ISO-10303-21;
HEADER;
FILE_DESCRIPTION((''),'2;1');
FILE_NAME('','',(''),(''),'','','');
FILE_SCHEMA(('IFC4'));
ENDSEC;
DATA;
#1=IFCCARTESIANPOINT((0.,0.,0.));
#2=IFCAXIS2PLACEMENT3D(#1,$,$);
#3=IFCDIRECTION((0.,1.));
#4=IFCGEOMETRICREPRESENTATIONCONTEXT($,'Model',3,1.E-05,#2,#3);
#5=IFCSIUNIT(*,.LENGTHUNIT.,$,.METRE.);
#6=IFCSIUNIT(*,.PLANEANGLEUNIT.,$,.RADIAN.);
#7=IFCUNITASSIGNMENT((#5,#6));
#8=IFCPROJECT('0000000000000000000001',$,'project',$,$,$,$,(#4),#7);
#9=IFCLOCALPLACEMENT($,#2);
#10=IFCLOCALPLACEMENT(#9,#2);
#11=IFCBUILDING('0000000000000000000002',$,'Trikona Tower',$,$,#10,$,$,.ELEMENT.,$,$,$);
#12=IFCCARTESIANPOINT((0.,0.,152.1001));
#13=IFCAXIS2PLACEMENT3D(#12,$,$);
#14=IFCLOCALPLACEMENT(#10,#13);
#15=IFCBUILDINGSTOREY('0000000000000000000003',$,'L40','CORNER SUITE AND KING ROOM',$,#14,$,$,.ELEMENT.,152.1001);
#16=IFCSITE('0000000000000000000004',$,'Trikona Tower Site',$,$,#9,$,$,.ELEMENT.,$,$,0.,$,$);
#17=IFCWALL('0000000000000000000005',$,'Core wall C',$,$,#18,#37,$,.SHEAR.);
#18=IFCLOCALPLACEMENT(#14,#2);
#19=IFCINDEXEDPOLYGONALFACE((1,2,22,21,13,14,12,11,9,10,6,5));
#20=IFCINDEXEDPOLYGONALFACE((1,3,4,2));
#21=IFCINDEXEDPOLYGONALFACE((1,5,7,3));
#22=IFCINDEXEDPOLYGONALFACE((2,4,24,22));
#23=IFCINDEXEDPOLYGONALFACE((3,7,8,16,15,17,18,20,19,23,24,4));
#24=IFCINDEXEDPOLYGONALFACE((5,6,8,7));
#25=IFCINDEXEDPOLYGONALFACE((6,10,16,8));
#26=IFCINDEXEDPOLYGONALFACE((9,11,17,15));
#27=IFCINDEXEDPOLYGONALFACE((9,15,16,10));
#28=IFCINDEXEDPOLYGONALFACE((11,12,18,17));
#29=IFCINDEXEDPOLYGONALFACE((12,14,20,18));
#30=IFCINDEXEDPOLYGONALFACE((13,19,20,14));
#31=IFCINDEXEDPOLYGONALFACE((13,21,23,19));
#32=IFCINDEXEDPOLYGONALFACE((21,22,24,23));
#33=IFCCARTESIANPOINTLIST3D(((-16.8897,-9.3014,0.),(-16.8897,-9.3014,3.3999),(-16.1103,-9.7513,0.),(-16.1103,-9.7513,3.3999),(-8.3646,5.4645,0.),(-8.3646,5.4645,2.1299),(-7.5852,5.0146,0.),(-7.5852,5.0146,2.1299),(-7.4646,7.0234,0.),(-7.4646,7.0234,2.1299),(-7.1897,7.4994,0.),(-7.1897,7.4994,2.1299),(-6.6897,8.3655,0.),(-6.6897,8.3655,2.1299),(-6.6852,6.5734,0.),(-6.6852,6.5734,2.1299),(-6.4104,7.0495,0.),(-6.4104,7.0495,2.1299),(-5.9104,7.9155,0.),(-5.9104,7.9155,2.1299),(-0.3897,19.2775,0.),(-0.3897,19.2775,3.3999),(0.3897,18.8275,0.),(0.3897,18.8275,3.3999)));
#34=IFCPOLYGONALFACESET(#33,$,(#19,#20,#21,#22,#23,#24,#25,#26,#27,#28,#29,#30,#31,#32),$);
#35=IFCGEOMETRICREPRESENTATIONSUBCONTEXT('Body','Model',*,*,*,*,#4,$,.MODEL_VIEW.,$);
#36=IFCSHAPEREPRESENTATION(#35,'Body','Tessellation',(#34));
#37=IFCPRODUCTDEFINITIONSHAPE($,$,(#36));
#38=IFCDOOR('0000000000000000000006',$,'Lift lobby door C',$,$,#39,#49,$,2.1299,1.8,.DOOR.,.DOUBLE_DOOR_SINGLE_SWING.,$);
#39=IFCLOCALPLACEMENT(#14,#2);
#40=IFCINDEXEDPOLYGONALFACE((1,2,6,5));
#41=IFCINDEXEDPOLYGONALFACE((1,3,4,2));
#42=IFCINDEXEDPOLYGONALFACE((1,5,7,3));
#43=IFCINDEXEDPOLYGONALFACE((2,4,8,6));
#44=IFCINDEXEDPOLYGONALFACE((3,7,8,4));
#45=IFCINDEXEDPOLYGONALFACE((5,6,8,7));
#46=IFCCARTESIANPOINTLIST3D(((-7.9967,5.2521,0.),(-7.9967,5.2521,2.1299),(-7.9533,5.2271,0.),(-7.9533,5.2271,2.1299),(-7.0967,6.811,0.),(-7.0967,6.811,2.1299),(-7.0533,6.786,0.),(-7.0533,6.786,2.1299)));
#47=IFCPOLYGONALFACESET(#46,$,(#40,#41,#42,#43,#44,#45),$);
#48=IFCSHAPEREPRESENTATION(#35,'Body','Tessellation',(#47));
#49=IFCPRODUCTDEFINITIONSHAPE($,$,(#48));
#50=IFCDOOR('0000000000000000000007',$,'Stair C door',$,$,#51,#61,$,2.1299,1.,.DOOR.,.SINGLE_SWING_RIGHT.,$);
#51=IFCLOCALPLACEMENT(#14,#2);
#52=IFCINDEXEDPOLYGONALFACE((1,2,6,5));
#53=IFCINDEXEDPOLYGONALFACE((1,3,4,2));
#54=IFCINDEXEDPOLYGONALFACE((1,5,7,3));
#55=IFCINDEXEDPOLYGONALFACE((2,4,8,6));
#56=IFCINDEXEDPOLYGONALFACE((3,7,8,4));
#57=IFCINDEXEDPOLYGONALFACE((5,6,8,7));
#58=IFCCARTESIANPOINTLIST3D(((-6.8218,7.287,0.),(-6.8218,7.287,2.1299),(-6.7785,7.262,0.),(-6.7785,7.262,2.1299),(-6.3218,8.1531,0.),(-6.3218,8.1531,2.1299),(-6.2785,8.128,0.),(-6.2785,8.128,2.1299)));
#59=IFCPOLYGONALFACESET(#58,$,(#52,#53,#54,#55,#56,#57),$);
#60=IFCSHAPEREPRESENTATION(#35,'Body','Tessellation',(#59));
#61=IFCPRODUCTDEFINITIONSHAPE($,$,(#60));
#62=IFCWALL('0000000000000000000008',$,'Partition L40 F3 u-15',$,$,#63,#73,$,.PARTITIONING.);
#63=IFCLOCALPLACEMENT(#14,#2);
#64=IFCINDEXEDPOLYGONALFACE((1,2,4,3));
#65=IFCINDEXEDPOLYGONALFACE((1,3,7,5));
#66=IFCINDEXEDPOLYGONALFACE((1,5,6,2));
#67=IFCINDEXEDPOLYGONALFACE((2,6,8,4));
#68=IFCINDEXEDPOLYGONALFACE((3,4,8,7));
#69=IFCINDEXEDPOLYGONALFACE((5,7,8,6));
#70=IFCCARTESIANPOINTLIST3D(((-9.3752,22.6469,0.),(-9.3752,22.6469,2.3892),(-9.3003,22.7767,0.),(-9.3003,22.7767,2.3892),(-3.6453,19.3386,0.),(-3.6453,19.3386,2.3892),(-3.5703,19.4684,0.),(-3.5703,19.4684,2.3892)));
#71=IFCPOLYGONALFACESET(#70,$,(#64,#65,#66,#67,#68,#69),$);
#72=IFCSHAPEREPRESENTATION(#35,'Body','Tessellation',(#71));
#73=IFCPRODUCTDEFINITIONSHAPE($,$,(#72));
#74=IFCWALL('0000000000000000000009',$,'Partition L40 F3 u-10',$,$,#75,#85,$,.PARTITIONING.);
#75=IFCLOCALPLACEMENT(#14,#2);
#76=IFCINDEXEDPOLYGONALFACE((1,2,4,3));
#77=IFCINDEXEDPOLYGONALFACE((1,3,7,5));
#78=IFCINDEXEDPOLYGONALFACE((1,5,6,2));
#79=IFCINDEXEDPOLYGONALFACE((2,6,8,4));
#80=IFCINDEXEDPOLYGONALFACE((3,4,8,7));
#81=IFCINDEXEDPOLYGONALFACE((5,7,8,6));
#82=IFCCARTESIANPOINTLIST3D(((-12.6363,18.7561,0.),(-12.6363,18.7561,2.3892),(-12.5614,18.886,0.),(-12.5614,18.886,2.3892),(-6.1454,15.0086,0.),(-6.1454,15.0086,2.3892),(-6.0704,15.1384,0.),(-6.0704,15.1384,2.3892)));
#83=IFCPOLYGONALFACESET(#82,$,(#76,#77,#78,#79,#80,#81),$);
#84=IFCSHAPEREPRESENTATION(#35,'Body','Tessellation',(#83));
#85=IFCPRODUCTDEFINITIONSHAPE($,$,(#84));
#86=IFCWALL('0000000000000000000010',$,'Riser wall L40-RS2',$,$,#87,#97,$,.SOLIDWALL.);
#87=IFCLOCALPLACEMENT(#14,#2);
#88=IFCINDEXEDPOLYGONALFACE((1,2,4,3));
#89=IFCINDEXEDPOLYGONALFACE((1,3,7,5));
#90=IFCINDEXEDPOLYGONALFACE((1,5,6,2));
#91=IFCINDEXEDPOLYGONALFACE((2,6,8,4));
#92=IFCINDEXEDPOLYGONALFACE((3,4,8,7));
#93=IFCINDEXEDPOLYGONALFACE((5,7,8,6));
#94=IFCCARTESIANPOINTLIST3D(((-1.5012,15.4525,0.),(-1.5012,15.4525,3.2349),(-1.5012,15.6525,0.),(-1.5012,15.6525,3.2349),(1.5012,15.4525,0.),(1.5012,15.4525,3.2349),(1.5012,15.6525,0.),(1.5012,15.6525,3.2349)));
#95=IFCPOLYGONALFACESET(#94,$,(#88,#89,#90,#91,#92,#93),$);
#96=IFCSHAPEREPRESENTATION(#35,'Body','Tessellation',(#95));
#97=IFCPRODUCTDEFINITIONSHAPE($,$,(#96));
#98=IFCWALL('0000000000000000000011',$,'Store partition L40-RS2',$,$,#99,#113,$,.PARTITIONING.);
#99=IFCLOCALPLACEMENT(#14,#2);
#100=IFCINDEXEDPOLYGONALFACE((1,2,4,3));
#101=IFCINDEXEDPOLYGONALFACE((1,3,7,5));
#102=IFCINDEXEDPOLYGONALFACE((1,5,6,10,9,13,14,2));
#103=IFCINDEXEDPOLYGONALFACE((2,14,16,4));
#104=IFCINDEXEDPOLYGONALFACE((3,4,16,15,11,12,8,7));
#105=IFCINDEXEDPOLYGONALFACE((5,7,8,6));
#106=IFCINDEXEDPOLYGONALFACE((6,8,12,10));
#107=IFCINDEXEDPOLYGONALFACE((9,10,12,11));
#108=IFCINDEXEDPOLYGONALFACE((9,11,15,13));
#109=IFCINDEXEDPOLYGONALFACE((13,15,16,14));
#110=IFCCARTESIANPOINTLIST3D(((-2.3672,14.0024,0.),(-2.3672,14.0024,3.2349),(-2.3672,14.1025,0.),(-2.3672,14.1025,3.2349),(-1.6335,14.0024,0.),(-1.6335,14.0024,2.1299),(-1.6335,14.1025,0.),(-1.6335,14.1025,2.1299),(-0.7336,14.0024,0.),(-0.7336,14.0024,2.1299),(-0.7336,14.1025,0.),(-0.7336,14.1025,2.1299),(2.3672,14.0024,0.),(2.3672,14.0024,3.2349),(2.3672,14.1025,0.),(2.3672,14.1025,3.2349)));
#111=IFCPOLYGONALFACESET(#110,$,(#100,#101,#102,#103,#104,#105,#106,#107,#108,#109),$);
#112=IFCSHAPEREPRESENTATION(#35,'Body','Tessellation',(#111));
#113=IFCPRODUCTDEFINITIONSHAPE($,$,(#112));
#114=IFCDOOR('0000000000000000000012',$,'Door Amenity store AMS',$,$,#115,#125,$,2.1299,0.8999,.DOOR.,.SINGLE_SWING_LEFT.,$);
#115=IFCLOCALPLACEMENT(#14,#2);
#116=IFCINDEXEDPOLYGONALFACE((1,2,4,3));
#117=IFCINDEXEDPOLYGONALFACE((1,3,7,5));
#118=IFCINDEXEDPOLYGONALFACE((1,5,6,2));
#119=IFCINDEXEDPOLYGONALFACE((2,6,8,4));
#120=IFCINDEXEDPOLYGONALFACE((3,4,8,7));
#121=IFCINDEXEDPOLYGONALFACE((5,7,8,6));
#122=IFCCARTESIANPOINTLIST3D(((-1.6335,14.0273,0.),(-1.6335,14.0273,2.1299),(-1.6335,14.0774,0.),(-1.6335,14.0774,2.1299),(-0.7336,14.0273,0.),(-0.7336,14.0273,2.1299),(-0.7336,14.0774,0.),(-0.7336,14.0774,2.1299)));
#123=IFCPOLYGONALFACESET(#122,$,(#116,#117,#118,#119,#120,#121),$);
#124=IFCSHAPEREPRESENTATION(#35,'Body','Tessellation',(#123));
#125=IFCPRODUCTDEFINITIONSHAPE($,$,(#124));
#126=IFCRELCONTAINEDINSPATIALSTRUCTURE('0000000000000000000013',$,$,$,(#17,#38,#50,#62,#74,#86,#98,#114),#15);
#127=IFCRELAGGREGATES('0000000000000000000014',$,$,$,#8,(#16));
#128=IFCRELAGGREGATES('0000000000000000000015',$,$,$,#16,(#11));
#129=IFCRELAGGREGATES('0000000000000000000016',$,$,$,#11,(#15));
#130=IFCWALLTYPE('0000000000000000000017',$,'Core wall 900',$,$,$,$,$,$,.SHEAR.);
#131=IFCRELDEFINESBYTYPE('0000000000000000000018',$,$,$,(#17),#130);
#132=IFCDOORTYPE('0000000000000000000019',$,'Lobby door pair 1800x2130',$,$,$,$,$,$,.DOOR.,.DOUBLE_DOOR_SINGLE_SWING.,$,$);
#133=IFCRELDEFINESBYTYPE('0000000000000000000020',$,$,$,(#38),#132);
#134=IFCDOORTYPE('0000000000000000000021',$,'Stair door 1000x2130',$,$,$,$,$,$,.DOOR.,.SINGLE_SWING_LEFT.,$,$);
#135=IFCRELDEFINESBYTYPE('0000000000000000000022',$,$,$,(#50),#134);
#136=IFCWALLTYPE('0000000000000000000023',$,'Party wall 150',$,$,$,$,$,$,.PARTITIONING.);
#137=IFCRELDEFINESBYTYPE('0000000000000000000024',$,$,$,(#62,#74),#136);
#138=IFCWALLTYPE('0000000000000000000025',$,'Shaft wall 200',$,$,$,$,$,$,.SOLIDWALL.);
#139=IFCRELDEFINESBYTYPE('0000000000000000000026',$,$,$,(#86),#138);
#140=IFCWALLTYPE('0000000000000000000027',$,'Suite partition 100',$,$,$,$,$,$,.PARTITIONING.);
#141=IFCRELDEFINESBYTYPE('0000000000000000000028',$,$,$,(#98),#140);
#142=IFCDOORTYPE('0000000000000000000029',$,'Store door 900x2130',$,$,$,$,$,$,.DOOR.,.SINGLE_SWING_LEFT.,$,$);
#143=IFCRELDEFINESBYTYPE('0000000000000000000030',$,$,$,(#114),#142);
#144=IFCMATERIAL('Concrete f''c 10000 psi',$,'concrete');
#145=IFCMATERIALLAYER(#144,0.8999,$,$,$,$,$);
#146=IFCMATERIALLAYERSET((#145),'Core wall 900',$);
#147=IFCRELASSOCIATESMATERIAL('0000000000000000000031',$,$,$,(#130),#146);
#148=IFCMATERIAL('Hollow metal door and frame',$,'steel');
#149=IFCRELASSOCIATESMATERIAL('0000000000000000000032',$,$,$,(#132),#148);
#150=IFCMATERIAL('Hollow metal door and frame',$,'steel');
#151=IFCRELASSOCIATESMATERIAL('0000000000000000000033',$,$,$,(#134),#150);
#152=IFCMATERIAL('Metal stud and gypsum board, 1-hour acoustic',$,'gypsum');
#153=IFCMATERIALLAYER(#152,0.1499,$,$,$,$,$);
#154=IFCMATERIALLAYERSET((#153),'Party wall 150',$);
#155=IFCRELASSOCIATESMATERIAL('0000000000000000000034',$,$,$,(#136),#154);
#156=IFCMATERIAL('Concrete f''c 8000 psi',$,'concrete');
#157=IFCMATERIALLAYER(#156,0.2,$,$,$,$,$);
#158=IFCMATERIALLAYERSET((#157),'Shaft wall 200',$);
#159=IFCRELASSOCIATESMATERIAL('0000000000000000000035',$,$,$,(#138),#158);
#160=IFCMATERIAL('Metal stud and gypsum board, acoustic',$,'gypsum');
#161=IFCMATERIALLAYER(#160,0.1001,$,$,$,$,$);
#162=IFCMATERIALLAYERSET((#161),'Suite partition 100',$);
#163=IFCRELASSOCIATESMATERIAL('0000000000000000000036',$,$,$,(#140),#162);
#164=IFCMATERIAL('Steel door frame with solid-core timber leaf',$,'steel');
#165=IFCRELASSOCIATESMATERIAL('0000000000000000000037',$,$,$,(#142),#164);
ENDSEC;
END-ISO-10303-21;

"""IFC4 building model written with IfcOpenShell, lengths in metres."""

from ifc_helpers import new_model, si_unit, direction, frame, frame_2d, origin, place, context, subcontext, project, spatial, rectangle, extrude, material, layer, layer_set, type_object, element, fill, save


model = new_model("IFC4")

# Units and contexts
model_context = context("Model", 3, precision=1e-05, world=origin(), true_north=direction((0.0, 1.0)))
body_context = subcontext(model_context, "Body", "Model", "MODEL_VIEW")
ifc_project = project(units=[si_unit("LENGTHUNIT", "METRE"), si_unit("PLANEANGLEUNIT", "RADIAN")], contexts=[model_context])

# Site, building, storey
site_placement = place(None, origin())
site = spatial("IfcSite", under=ifc_project, at=site_placement, Name="Trikona Tower Site", CompositionType="ELEMENT", RefElevation=0.0)
building_placement = place(site_placement, origin())
building = spatial("IfcBuilding", under=site, at=building_placement, Name="Trikona Tower", CompositionType="ELEMENT")
storey_placement = place(building_placement, frame((0.0, 0.0, 152.1001)))
storey = spatial("IfcBuildingStorey", under=building, at=storey_placement, Name="L40", Description="CORNER SUITE AND KING ROOM", CompositionType="ELEMENT", Elevation=152.1001)

# Wall, openings, doors
ifc_material_1 = material(Name="Concrete f'c 10000 psi", Category="concrete")
ifc_layer_1 = layer(ifc_material_1, 0.8999)
ifc_layer_set_1 = layer_set([ifc_layer_1], Name="Core wall 900")
wall_type_1 = type_object("IfcWallType", Name="Core wall 900", PredefinedType="SHEAR", material=ifc_layer_set_1)
wall_1_placement = place(storey_placement, frame((0.0, 19.0525, 0.0), z_axis=(0.0, 0.0, 1.0), x_axis=(-0.5, -0.866026, 0.0)))
wall_1 = element("IfcWall", 1, at=wall_1_placement, inside=storey, type_object=wall_type_1, Name="Core wall C", PredefinedType="SHEAR", context=body_context, shape_type="SweptSolid", body=[
    extrude(rectangle(XDim=33.0, YDim=0.8999, at=frame_2d((16.5, 0.0))), origin(), (0.0, 0.0, 1.0), 3.3999),
])
opening_1_placement = place(wall_1_placement, frame((14.1499, 0.0, 0.0)))
opening_1 = element("IfcOpeningElement", 2, at=opening_1_placement, cuts=wall_1, PredefinedType="OPENING", context=body_context, shape_type="SweptSolid", body=[
    extrude(rectangle(XDim=1.8, YDim=2.1299, at=frame_2d((0.8999, 1.0649))), frame((0.0, 0.46, 0.0), z_axis=(0.0, -1.0, 0.0), x_axis=(1.0, 0.0, 0.0)), (0.0, 0.0, 1.0), 0.9199),
])
opening_2_placement = place(wall_1_placement, frame((12.6001, 0.0, 0.0)))
opening_2 = element("IfcOpeningElement", 3, at=opening_2_placement, cuts=wall_1, PredefinedType="OPENING", context=body_context, shape_type="SweptSolid", body=[
    extrude(rectangle(XDim=1.0, YDim=2.1299, at=frame_2d((0.5, 1.0649))), frame((0.0, 0.46, 0.0), z_axis=(0.0, -1.0, 0.0), x_axis=(1.0, 0.0, 0.0)), (0.0, 0.0, 1.0), 0.9199),
])
ifc_material_2 = material(Name="Hollow metal door and frame", Category="steel")
door_type_1 = type_object("IfcDoorType", Name="Lobby door pair 1800x2130", OperationType="DOUBLE_DOOR_SINGLE_SWING", PredefinedType="DOOR", material=ifc_material_2)
door_1_placement = place(opening_1_placement, origin())
door_1 = element("IfcDoor", 4, at=door_1_placement, inside=storey, type_object=door_type_1, Name="Lift lobby door C", OperationType="DOUBLE_DOOR_SINGLE_SWING", OverallHeight=2.1299, OverallWidth=1.8, PredefinedType="DOOR", context=body_context, shape_type="SweptSolid", body=[
    extrude(rectangle(XDim=1.8, YDim=2.1299, at=frame_2d((0.8999, 1.0649))), frame((0.0, 0.0249, 0.0), z_axis=(0.0, -1.0, 0.0), x_axis=(1.0, 0.0, 0.0)), (0.0, 0.0, 1.0), 0.05),
])
fill(opening_1, door_1)
ifc_material_3 = material(Name="Hollow metal door and frame", Category="steel")
door_type_2 = type_object("IfcDoorType", Name="Stair door 1000x2130", OperationType="SINGLE_SWING_LEFT", PredefinedType="DOOR", material=ifc_material_3)
door_2_placement = place(opening_2_placement, origin())
door_2 = element("IfcDoor", 5, at=door_2_placement, inside=storey, type_object=door_type_2, Name="Stair C door", OperationType="SINGLE_SWING_RIGHT", OverallHeight=2.1299, OverallWidth=1.0, PredefinedType="DOOR", context=body_context, shape_type="SweptSolid", body=[
    extrude(rectangle(XDim=1.0, YDim=2.1299, at=frame_2d((0.5, 1.0649))), frame((0.0, 0.0249, 0.0), z_axis=(0.0, -1.0, 0.0), x_axis=(1.0, 0.0, 0.0)), (0.0, 0.0, 1.0), 0.05),
])
fill(opening_2, door_2)

# Walls
ifc_material_4 = material(Name="Metal stud and gypsum board, 1-hour acoustic", Category="gypsum")
ifc_layer_2 = layer(ifc_material_4, 0.1499)
ifc_layer_set_2 = layer_set([ifc_layer_2], Name="Party wall 150")
wall_type_2 = type_object("IfcWallType", Name="Party wall 150", PredefinedType="PARTITIONING", material=ifc_layer_set_2)
wall_2_placement = place(storey_placement, frame((-3.6079, 19.4036, 0.0), z_axis=(0.0, 0.0, 1.0), x_axis=(-0.866016, 0.500016, 0.0)))
element("IfcWall", 6, at=wall_2_placement, inside=storey, type_object=wall_type_2, Name="Partition L40 F3 u-15", PredefinedType="PARTITIONING", context=body_context, shape_type="SweptSolid", body=[
    extrude(rectangle(XDim=6.6165, YDim=0.1499, at=frame_2d((3.3081, 0.0))), origin(), (0.0, 0.0, 1.0), 2.3892),
])
wall_3_placement = place(storey_placement, frame((-6.1079, 15.0735, 0.0), z_axis=(0.0, 0.0, 1.0), x_axis=(-0.866026, 0.5, 0.0)))
element("IfcWall", 7, at=wall_3_placement, inside=storey, type_object=wall_type_2, Name="Partition L40 F3 u-10", PredefinedType="PARTITIONING", context=body_context, shape_type="SweptSolid", body=[
    extrude(rectangle(XDim=7.4951, YDim=0.1499, at=frame_2d((3.7476, 0.0))), origin(), (0.0, 0.0, 1.0), 2.3892),
])
ifc_material_5 = material(Name="Concrete f'c 8000 psi", Category="concrete")
ifc_layer_3 = layer(ifc_material_5, 0.2)
ifc_layer_set_3 = layer_set([ifc_layer_3], Name="Shaft wall 200")
wall_type_3 = type_object("IfcWallType", Name="Shaft wall 200", PredefinedType="SOLIDWALL", material=ifc_layer_set_3)
wall_4_placement = place(storey_placement, frame((-1.5012, 15.5525, 0.0), z_axis=(0.0, 0.0, 1.0), x_axis=(1.0, 0.0, 0.0)))
element("IfcWall", 8, at=wall_4_placement, inside=storey, type_object=wall_type_3, Name="Riser wall L40-RS2", PredefinedType="SOLIDWALL", context=body_context, shape_type="SweptSolid", body=[
    extrude(rectangle(XDim=3.0024, YDim=0.2, at=frame_2d((1.5012, 0.0))), origin(), (0.0, 0.0, 1.0), 3.2349),
])

# Wall, opening, door
ifc_material_6 = material(Name="Metal stud and gypsum board, acoustic", Category="gypsum")
ifc_layer_4 = layer(ifc_material_6, 0.1001)
ifc_layer_set_4 = layer_set([ifc_layer_4], Name="Suite partition 100")
wall_type_4 = type_object("IfcWallType", Name="Suite partition 100", PredefinedType="PARTITIONING", material=ifc_layer_set_4)
wall_5_placement = place(storey_placement, frame((-2.3672, 14.0525, 0.0), z_axis=(0.0, 0.0, 1.0), x_axis=(1.0, 0.0, 0.0)))
wall_5 = element("IfcWall", 9, at=wall_5_placement, inside=storey, type_object=wall_type_4, Name="Store partition L40-RS2", PredefinedType="PARTITIONING", context=body_context, shape_type="SweptSolid", body=[
    extrude(rectangle(XDim=4.7344, YDim=0.1001, at=frame_2d((2.3672, 0.0))), origin(), (0.0, 0.0, 1.0), 3.2349),
])
opening_3_placement = place(wall_5_placement, frame((0.7336, 0.0, 0.0)))
opening_3 = element("IfcOpeningElement", 10, at=opening_3_placement, cuts=wall_5, PredefinedType="OPENING", context=body_context, shape_type="SweptSolid", body=[
    extrude(rectangle(XDim=0.8999, YDim=2.1299, at=frame_2d((0.45, 1.0649))), frame((0.0, 0.0601, 0.0), z_axis=(0.0, -1.0, 0.0), x_axis=(1.0, 0.0, 0.0)), (0.0, 0.0, 1.0), 0.1201),
])
ifc_material_7 = material(Name="Steel door frame with solid-core timber leaf", Category="steel")
door_type_3 = type_object("IfcDoorType", Name="Store door 900x2130", OperationType="SINGLE_SWING_LEFT", PredefinedType="DOOR", material=ifc_material_7)
door_3_placement = place(opening_3_placement, origin())
door_3 = element("IfcDoor", 11, at=door_3_placement, inside=storey, type_object=door_type_3, Name="Door Amenity store AMS", OperationType="SINGLE_SWING_LEFT", OverallHeight=2.1299, OverallWidth=0.8999, PredefinedType="DOOR", context=body_context, shape_type="SweptSolid", body=[
    extrude(rectangle(XDim=0.8999, YDim=2.1299, at=frame_2d((0.45, 1.0649))), frame((0.0, 0.0249, 0.0), z_axis=(0.0, -1.0, 0.0), x_axis=(1.0, 0.0, 0.0)), (0.0, 0.0, 1.0), 0.05),
])
fill(opening_3, door_3)

save(model, "model.ifc")
